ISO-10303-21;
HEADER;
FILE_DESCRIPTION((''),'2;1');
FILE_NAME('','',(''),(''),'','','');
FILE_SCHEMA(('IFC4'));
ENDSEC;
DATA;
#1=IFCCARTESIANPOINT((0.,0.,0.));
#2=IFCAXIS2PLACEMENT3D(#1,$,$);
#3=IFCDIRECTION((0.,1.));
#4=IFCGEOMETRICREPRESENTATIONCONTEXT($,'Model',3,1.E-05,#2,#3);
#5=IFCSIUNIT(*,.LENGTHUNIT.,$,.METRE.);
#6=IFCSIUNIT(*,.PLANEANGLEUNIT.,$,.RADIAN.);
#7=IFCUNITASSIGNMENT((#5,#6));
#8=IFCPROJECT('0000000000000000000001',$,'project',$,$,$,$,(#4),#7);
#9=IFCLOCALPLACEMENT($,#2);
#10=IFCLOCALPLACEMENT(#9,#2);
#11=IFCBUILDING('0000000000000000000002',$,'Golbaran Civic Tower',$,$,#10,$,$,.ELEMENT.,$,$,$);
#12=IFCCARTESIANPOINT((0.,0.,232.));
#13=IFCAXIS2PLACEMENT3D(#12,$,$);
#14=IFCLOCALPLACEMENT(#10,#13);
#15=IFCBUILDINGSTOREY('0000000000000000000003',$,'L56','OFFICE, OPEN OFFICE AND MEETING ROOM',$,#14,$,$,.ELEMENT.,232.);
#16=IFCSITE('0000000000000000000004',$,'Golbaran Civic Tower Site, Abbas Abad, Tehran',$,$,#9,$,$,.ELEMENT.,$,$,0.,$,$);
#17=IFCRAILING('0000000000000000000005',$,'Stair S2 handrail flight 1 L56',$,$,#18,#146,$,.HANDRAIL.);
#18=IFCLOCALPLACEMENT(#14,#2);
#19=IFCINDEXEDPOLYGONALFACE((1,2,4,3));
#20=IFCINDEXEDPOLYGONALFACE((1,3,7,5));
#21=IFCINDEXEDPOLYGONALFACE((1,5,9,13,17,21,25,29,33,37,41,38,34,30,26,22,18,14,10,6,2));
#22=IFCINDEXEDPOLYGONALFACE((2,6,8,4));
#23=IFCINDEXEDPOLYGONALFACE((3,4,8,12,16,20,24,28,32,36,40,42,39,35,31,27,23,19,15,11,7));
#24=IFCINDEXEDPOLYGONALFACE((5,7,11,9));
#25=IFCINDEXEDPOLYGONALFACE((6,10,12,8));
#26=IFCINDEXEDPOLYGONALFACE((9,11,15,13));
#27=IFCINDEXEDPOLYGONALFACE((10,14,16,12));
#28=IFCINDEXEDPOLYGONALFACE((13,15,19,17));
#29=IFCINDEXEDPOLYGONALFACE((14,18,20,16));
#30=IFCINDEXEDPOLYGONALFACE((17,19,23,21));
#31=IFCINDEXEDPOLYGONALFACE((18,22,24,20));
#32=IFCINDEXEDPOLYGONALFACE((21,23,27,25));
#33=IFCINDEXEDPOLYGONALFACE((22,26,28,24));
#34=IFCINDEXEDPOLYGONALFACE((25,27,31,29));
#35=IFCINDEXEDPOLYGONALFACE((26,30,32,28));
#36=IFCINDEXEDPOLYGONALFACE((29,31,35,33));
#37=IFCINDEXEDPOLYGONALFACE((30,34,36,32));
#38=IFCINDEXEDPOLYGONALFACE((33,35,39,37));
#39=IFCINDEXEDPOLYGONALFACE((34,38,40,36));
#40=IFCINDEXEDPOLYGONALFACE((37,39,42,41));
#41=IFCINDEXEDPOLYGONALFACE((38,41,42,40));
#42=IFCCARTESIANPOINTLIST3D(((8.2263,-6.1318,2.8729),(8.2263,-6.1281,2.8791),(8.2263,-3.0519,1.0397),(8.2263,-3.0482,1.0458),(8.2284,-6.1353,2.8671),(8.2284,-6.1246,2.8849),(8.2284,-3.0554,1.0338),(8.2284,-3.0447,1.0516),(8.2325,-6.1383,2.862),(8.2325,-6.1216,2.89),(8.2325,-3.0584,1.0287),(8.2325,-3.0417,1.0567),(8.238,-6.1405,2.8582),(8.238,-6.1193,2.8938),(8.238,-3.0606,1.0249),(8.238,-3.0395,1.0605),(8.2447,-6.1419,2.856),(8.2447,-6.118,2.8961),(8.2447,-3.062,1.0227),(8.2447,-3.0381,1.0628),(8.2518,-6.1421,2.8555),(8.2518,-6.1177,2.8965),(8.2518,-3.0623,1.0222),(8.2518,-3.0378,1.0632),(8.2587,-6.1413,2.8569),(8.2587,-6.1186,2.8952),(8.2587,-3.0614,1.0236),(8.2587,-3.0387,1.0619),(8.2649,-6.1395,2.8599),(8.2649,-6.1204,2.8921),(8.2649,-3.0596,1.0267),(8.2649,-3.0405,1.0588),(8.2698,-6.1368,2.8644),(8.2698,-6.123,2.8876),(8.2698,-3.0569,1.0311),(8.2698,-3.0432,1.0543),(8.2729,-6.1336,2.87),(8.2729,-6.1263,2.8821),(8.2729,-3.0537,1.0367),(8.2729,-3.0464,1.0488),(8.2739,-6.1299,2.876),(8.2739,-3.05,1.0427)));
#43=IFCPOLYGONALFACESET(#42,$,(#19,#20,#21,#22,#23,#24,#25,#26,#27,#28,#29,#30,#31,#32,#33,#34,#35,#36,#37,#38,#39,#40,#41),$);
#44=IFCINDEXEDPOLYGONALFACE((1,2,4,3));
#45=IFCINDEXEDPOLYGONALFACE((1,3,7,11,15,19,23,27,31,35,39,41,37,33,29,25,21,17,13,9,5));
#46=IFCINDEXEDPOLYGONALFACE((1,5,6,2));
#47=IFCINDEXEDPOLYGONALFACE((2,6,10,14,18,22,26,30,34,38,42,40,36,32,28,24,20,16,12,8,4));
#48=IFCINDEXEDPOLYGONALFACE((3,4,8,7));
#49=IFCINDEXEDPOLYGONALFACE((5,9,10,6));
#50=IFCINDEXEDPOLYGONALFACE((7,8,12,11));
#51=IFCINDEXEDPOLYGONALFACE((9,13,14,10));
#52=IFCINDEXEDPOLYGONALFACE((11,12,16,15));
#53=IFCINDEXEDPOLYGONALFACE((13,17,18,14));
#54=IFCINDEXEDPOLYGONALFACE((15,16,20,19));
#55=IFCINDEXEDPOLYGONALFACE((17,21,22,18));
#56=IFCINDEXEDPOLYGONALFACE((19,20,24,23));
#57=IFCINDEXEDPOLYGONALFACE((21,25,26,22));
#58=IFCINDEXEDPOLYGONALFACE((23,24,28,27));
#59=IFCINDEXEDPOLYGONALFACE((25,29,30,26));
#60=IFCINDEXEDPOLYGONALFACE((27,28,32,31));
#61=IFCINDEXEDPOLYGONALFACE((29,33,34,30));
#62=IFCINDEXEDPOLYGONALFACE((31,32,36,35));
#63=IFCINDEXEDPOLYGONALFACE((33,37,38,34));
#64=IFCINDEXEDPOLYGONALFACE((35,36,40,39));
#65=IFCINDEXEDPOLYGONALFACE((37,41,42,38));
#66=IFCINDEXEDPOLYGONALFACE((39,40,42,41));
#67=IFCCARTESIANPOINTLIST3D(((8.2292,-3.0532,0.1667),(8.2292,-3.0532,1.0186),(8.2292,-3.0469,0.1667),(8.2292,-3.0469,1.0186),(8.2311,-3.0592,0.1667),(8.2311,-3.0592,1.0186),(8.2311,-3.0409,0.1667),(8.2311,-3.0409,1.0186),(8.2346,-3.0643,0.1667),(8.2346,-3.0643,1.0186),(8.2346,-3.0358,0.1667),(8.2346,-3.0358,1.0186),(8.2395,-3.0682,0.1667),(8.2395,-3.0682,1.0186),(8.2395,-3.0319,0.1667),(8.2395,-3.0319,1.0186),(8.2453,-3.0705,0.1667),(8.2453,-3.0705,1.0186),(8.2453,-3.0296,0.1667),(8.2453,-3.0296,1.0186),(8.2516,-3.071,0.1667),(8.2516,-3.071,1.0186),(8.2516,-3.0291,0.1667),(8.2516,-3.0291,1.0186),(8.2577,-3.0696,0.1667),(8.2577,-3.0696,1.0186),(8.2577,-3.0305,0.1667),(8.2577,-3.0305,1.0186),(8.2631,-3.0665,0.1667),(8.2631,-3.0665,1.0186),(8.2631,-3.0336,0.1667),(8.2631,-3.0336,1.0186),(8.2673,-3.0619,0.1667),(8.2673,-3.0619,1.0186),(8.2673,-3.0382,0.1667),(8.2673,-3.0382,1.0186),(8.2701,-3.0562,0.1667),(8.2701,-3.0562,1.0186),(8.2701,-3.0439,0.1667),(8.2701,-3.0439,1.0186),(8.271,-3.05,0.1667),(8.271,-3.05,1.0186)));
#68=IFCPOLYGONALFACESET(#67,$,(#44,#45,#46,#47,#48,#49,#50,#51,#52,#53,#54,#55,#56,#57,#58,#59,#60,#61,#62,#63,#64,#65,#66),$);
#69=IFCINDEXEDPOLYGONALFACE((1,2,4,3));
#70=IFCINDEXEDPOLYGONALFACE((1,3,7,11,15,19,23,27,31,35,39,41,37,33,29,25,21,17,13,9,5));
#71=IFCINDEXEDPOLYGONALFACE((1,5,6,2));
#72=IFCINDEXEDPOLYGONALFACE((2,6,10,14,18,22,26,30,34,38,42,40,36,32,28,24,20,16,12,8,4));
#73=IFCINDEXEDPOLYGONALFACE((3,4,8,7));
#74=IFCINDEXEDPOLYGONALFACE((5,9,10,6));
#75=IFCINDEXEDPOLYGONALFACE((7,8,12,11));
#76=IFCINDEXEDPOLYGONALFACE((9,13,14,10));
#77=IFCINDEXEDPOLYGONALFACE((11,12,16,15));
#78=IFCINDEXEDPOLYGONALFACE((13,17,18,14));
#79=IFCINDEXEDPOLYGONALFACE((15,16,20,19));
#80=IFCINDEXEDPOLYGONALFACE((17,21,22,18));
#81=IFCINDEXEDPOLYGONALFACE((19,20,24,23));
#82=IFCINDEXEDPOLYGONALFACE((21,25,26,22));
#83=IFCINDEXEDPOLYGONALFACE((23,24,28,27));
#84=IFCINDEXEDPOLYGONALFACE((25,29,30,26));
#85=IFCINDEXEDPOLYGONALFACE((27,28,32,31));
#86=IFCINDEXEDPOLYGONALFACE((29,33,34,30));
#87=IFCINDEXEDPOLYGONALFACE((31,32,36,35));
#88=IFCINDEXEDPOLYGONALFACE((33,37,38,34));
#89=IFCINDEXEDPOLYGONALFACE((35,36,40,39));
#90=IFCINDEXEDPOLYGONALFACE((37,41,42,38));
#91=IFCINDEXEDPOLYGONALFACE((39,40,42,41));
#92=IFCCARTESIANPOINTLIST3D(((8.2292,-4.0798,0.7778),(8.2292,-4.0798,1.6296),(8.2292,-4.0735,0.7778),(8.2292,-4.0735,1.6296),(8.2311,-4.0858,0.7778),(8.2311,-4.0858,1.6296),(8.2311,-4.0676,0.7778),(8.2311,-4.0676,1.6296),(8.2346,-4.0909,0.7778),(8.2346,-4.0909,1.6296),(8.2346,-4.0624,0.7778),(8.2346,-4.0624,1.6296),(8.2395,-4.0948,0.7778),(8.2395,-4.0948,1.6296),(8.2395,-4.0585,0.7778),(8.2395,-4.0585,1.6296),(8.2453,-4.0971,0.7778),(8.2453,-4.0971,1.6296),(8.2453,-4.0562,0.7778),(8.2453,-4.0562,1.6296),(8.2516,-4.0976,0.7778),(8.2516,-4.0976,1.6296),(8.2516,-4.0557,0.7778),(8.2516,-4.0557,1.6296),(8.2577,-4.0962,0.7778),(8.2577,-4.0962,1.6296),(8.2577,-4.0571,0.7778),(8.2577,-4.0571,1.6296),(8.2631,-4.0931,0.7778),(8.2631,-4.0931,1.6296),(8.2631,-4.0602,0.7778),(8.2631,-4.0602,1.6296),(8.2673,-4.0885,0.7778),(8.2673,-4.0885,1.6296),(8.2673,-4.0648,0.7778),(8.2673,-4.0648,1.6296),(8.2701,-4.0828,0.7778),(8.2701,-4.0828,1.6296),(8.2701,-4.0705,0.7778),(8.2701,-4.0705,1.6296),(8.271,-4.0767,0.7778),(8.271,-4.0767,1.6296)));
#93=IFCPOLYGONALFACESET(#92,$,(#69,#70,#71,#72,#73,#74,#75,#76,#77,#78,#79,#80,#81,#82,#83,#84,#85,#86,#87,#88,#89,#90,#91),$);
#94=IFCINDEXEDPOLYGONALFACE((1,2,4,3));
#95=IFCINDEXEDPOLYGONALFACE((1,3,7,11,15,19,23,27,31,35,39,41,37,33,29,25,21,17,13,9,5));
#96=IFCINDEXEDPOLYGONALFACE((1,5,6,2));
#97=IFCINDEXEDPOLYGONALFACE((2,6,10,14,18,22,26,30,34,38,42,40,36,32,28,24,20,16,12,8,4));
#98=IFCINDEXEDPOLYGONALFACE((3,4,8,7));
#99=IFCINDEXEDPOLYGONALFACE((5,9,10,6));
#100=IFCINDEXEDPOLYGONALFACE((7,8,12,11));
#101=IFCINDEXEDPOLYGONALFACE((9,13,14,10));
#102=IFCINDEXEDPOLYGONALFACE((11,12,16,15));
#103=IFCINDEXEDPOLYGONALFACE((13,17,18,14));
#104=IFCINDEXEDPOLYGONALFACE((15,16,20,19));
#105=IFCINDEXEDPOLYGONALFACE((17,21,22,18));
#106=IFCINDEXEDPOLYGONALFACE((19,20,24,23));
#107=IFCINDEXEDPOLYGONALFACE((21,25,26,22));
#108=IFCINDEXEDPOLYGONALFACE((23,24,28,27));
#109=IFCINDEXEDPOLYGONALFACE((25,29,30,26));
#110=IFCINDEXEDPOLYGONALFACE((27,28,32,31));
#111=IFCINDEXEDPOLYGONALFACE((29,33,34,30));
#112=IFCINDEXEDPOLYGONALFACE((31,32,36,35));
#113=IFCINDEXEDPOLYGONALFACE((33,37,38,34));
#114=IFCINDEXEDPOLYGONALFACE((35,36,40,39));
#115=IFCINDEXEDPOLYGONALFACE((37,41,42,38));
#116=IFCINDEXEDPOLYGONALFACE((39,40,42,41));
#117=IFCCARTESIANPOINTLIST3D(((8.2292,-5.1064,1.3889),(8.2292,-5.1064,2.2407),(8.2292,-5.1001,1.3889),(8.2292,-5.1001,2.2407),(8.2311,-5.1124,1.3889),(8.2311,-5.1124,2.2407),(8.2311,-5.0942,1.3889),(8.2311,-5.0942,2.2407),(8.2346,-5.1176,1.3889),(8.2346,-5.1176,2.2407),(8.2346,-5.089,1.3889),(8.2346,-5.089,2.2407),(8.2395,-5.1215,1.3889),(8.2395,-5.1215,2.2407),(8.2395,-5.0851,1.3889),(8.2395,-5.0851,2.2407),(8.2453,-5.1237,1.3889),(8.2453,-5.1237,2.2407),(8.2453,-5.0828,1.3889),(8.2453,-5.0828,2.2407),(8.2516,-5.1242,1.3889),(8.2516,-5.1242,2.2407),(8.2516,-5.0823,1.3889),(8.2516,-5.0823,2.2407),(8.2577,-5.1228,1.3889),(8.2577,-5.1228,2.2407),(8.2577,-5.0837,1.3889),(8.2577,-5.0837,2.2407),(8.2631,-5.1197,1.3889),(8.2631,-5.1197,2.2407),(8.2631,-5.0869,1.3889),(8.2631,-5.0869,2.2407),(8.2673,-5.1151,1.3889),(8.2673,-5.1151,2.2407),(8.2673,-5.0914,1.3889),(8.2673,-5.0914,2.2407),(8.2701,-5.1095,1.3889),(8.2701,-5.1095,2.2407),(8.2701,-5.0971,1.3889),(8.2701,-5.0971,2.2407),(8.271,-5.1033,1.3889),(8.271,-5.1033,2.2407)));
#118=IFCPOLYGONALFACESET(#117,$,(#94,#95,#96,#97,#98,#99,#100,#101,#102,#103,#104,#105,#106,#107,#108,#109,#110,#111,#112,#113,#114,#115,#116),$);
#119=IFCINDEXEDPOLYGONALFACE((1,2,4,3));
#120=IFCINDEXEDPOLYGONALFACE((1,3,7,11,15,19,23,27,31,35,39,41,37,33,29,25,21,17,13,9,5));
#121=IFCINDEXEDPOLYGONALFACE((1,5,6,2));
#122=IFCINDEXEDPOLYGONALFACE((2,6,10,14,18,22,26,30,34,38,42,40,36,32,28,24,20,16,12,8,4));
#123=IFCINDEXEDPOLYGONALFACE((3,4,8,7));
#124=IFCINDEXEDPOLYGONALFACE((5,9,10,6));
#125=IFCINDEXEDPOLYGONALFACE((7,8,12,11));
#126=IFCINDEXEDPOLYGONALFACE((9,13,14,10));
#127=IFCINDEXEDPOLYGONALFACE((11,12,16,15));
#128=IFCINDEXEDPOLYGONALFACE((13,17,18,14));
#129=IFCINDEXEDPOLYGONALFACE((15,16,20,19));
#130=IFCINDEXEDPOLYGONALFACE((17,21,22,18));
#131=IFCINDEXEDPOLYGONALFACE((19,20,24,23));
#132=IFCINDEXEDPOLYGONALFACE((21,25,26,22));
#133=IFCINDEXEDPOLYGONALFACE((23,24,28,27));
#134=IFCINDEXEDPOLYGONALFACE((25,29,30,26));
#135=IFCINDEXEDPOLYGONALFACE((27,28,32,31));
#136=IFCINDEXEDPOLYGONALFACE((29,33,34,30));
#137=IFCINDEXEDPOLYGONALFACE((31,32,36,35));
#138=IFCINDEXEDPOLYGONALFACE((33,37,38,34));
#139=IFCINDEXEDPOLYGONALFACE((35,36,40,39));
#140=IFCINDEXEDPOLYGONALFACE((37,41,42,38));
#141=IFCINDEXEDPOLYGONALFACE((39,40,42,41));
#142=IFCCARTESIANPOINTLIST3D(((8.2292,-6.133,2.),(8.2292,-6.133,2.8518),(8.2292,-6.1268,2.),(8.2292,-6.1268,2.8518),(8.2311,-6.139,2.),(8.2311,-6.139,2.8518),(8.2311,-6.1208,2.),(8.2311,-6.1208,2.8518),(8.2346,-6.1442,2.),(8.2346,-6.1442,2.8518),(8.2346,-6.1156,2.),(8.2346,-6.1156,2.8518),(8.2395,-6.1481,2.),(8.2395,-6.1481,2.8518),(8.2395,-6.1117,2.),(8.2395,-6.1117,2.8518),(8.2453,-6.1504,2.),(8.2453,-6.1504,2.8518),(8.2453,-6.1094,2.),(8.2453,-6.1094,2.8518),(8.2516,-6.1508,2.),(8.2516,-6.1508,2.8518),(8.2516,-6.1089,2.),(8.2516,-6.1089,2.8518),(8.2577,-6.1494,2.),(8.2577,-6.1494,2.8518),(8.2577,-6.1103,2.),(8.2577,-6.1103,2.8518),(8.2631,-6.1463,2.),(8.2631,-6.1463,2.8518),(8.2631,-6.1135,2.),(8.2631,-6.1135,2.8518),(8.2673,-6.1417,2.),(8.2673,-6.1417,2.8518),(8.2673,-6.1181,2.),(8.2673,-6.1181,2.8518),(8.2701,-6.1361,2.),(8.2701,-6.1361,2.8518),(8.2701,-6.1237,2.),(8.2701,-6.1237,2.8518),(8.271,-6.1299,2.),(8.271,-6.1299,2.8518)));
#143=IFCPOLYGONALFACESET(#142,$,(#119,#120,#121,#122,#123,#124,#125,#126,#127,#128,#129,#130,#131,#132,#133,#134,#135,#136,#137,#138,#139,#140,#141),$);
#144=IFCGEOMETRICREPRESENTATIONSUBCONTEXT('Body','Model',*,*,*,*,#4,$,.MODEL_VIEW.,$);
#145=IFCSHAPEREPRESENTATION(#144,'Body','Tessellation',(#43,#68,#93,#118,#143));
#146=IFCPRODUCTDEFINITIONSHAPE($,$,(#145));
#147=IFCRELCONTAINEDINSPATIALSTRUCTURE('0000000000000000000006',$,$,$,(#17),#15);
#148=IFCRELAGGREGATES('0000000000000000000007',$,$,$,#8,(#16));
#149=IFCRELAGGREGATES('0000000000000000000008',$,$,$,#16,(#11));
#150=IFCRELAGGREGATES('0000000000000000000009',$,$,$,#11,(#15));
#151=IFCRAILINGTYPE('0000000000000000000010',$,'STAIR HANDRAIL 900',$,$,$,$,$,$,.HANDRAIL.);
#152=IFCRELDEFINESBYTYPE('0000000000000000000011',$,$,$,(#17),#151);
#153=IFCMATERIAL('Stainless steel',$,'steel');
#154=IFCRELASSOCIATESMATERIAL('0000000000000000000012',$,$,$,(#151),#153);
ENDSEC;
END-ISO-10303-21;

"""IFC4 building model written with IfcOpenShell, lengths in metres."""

from ifc_helpers import new_model, si_unit, direction, frame, origin, origin_2d, place, context, subcontext, project, spatial, circle, extrude, material, type_object, element, save


model = new_model("IFC4")

# Units and contexts
model_context = context("Model", 3, precision=1e-05, world=origin(), true_north=direction((0.0, 1.0)))
body_context = subcontext(model_context, "Body", "Model", "MODEL_VIEW")
ifc_project = project(units=[si_unit("LENGTHUNIT", "METRE"), si_unit("PLANEANGLEUNIT", "RADIAN")], contexts=[model_context])

# Site, building, storey
site_placement = place(None, origin())
site = spatial("IfcSite", under=ifc_project, at=site_placement, Name="Golbaran Civic Tower Site, Abbas Abad, Tehran", CompositionType="ELEMENT", RefElevation=0.0)
building_placement = place(site_placement, origin())
building = spatial("IfcBuilding", under=site, at=building_placement, Name="Golbaran Civic Tower", CompositionType="ELEMENT")
storey_placement = place(building_placement, frame((0.0, 0.0, 232.0)))
storey = spatial("IfcBuildingStorey", under=building, at=storey_placement, Name="L56", Description="OFFICE, OPEN OFFICE AND MEETING ROOM", CompositionType="ELEMENT", Elevation=232.0)

# Shared definitions
ifc_material_1 = material(Name="Stainless steel", Category="steel")

# Railing
railing_type = type_object("IfcRailingType", Name="STAIR HANDRAIL 900", PredefinedType="HANDRAIL", material=ifc_material_1)
railing_1_placement = place(storey_placement, frame((8.25, -3.05, 0.1667)))
element("IfcRailing", 1, at=railing_1_placement, inside=storey, type_object=railing_type, Name="Stair S2 handrail flight 1 L56", PredefinedType="HANDRAIL", context=body_context, shape_type="SweptSolid", body=[
    extrude(circle(Radius=0.0239, at=origin_2d()), frame((0.0, 0.0, 0.876), z_axis=(0.0, -0.859291, 0.511487), x_axis=(1.0, 0.0, 0.0)), (0.0, 0.0, 1.0), 3.5842),
    extrude(circle(Radius=0.021, at=origin_2d()), origin(), (0.0, 0.0, 1.0), 0.8518),
    extrude(circle(Radius=0.021, at=origin_2d()), frame((0.0, -1.0266, 0.6111)), (0.0, 0.0, 1.0), 0.8518),
    extrude(circle(Radius=0.021, at=origin_2d()), frame((0.0, -2.0532, 1.2222)), (0.0, 0.0, 1.0), 0.8518),
    extrude(circle(Radius=0.021, at=origin_2d()), frame((0.0, -3.0798, 1.8333)), (0.0, 0.0, 1.0), 0.8518),
])

save(model, "model.ifc")
